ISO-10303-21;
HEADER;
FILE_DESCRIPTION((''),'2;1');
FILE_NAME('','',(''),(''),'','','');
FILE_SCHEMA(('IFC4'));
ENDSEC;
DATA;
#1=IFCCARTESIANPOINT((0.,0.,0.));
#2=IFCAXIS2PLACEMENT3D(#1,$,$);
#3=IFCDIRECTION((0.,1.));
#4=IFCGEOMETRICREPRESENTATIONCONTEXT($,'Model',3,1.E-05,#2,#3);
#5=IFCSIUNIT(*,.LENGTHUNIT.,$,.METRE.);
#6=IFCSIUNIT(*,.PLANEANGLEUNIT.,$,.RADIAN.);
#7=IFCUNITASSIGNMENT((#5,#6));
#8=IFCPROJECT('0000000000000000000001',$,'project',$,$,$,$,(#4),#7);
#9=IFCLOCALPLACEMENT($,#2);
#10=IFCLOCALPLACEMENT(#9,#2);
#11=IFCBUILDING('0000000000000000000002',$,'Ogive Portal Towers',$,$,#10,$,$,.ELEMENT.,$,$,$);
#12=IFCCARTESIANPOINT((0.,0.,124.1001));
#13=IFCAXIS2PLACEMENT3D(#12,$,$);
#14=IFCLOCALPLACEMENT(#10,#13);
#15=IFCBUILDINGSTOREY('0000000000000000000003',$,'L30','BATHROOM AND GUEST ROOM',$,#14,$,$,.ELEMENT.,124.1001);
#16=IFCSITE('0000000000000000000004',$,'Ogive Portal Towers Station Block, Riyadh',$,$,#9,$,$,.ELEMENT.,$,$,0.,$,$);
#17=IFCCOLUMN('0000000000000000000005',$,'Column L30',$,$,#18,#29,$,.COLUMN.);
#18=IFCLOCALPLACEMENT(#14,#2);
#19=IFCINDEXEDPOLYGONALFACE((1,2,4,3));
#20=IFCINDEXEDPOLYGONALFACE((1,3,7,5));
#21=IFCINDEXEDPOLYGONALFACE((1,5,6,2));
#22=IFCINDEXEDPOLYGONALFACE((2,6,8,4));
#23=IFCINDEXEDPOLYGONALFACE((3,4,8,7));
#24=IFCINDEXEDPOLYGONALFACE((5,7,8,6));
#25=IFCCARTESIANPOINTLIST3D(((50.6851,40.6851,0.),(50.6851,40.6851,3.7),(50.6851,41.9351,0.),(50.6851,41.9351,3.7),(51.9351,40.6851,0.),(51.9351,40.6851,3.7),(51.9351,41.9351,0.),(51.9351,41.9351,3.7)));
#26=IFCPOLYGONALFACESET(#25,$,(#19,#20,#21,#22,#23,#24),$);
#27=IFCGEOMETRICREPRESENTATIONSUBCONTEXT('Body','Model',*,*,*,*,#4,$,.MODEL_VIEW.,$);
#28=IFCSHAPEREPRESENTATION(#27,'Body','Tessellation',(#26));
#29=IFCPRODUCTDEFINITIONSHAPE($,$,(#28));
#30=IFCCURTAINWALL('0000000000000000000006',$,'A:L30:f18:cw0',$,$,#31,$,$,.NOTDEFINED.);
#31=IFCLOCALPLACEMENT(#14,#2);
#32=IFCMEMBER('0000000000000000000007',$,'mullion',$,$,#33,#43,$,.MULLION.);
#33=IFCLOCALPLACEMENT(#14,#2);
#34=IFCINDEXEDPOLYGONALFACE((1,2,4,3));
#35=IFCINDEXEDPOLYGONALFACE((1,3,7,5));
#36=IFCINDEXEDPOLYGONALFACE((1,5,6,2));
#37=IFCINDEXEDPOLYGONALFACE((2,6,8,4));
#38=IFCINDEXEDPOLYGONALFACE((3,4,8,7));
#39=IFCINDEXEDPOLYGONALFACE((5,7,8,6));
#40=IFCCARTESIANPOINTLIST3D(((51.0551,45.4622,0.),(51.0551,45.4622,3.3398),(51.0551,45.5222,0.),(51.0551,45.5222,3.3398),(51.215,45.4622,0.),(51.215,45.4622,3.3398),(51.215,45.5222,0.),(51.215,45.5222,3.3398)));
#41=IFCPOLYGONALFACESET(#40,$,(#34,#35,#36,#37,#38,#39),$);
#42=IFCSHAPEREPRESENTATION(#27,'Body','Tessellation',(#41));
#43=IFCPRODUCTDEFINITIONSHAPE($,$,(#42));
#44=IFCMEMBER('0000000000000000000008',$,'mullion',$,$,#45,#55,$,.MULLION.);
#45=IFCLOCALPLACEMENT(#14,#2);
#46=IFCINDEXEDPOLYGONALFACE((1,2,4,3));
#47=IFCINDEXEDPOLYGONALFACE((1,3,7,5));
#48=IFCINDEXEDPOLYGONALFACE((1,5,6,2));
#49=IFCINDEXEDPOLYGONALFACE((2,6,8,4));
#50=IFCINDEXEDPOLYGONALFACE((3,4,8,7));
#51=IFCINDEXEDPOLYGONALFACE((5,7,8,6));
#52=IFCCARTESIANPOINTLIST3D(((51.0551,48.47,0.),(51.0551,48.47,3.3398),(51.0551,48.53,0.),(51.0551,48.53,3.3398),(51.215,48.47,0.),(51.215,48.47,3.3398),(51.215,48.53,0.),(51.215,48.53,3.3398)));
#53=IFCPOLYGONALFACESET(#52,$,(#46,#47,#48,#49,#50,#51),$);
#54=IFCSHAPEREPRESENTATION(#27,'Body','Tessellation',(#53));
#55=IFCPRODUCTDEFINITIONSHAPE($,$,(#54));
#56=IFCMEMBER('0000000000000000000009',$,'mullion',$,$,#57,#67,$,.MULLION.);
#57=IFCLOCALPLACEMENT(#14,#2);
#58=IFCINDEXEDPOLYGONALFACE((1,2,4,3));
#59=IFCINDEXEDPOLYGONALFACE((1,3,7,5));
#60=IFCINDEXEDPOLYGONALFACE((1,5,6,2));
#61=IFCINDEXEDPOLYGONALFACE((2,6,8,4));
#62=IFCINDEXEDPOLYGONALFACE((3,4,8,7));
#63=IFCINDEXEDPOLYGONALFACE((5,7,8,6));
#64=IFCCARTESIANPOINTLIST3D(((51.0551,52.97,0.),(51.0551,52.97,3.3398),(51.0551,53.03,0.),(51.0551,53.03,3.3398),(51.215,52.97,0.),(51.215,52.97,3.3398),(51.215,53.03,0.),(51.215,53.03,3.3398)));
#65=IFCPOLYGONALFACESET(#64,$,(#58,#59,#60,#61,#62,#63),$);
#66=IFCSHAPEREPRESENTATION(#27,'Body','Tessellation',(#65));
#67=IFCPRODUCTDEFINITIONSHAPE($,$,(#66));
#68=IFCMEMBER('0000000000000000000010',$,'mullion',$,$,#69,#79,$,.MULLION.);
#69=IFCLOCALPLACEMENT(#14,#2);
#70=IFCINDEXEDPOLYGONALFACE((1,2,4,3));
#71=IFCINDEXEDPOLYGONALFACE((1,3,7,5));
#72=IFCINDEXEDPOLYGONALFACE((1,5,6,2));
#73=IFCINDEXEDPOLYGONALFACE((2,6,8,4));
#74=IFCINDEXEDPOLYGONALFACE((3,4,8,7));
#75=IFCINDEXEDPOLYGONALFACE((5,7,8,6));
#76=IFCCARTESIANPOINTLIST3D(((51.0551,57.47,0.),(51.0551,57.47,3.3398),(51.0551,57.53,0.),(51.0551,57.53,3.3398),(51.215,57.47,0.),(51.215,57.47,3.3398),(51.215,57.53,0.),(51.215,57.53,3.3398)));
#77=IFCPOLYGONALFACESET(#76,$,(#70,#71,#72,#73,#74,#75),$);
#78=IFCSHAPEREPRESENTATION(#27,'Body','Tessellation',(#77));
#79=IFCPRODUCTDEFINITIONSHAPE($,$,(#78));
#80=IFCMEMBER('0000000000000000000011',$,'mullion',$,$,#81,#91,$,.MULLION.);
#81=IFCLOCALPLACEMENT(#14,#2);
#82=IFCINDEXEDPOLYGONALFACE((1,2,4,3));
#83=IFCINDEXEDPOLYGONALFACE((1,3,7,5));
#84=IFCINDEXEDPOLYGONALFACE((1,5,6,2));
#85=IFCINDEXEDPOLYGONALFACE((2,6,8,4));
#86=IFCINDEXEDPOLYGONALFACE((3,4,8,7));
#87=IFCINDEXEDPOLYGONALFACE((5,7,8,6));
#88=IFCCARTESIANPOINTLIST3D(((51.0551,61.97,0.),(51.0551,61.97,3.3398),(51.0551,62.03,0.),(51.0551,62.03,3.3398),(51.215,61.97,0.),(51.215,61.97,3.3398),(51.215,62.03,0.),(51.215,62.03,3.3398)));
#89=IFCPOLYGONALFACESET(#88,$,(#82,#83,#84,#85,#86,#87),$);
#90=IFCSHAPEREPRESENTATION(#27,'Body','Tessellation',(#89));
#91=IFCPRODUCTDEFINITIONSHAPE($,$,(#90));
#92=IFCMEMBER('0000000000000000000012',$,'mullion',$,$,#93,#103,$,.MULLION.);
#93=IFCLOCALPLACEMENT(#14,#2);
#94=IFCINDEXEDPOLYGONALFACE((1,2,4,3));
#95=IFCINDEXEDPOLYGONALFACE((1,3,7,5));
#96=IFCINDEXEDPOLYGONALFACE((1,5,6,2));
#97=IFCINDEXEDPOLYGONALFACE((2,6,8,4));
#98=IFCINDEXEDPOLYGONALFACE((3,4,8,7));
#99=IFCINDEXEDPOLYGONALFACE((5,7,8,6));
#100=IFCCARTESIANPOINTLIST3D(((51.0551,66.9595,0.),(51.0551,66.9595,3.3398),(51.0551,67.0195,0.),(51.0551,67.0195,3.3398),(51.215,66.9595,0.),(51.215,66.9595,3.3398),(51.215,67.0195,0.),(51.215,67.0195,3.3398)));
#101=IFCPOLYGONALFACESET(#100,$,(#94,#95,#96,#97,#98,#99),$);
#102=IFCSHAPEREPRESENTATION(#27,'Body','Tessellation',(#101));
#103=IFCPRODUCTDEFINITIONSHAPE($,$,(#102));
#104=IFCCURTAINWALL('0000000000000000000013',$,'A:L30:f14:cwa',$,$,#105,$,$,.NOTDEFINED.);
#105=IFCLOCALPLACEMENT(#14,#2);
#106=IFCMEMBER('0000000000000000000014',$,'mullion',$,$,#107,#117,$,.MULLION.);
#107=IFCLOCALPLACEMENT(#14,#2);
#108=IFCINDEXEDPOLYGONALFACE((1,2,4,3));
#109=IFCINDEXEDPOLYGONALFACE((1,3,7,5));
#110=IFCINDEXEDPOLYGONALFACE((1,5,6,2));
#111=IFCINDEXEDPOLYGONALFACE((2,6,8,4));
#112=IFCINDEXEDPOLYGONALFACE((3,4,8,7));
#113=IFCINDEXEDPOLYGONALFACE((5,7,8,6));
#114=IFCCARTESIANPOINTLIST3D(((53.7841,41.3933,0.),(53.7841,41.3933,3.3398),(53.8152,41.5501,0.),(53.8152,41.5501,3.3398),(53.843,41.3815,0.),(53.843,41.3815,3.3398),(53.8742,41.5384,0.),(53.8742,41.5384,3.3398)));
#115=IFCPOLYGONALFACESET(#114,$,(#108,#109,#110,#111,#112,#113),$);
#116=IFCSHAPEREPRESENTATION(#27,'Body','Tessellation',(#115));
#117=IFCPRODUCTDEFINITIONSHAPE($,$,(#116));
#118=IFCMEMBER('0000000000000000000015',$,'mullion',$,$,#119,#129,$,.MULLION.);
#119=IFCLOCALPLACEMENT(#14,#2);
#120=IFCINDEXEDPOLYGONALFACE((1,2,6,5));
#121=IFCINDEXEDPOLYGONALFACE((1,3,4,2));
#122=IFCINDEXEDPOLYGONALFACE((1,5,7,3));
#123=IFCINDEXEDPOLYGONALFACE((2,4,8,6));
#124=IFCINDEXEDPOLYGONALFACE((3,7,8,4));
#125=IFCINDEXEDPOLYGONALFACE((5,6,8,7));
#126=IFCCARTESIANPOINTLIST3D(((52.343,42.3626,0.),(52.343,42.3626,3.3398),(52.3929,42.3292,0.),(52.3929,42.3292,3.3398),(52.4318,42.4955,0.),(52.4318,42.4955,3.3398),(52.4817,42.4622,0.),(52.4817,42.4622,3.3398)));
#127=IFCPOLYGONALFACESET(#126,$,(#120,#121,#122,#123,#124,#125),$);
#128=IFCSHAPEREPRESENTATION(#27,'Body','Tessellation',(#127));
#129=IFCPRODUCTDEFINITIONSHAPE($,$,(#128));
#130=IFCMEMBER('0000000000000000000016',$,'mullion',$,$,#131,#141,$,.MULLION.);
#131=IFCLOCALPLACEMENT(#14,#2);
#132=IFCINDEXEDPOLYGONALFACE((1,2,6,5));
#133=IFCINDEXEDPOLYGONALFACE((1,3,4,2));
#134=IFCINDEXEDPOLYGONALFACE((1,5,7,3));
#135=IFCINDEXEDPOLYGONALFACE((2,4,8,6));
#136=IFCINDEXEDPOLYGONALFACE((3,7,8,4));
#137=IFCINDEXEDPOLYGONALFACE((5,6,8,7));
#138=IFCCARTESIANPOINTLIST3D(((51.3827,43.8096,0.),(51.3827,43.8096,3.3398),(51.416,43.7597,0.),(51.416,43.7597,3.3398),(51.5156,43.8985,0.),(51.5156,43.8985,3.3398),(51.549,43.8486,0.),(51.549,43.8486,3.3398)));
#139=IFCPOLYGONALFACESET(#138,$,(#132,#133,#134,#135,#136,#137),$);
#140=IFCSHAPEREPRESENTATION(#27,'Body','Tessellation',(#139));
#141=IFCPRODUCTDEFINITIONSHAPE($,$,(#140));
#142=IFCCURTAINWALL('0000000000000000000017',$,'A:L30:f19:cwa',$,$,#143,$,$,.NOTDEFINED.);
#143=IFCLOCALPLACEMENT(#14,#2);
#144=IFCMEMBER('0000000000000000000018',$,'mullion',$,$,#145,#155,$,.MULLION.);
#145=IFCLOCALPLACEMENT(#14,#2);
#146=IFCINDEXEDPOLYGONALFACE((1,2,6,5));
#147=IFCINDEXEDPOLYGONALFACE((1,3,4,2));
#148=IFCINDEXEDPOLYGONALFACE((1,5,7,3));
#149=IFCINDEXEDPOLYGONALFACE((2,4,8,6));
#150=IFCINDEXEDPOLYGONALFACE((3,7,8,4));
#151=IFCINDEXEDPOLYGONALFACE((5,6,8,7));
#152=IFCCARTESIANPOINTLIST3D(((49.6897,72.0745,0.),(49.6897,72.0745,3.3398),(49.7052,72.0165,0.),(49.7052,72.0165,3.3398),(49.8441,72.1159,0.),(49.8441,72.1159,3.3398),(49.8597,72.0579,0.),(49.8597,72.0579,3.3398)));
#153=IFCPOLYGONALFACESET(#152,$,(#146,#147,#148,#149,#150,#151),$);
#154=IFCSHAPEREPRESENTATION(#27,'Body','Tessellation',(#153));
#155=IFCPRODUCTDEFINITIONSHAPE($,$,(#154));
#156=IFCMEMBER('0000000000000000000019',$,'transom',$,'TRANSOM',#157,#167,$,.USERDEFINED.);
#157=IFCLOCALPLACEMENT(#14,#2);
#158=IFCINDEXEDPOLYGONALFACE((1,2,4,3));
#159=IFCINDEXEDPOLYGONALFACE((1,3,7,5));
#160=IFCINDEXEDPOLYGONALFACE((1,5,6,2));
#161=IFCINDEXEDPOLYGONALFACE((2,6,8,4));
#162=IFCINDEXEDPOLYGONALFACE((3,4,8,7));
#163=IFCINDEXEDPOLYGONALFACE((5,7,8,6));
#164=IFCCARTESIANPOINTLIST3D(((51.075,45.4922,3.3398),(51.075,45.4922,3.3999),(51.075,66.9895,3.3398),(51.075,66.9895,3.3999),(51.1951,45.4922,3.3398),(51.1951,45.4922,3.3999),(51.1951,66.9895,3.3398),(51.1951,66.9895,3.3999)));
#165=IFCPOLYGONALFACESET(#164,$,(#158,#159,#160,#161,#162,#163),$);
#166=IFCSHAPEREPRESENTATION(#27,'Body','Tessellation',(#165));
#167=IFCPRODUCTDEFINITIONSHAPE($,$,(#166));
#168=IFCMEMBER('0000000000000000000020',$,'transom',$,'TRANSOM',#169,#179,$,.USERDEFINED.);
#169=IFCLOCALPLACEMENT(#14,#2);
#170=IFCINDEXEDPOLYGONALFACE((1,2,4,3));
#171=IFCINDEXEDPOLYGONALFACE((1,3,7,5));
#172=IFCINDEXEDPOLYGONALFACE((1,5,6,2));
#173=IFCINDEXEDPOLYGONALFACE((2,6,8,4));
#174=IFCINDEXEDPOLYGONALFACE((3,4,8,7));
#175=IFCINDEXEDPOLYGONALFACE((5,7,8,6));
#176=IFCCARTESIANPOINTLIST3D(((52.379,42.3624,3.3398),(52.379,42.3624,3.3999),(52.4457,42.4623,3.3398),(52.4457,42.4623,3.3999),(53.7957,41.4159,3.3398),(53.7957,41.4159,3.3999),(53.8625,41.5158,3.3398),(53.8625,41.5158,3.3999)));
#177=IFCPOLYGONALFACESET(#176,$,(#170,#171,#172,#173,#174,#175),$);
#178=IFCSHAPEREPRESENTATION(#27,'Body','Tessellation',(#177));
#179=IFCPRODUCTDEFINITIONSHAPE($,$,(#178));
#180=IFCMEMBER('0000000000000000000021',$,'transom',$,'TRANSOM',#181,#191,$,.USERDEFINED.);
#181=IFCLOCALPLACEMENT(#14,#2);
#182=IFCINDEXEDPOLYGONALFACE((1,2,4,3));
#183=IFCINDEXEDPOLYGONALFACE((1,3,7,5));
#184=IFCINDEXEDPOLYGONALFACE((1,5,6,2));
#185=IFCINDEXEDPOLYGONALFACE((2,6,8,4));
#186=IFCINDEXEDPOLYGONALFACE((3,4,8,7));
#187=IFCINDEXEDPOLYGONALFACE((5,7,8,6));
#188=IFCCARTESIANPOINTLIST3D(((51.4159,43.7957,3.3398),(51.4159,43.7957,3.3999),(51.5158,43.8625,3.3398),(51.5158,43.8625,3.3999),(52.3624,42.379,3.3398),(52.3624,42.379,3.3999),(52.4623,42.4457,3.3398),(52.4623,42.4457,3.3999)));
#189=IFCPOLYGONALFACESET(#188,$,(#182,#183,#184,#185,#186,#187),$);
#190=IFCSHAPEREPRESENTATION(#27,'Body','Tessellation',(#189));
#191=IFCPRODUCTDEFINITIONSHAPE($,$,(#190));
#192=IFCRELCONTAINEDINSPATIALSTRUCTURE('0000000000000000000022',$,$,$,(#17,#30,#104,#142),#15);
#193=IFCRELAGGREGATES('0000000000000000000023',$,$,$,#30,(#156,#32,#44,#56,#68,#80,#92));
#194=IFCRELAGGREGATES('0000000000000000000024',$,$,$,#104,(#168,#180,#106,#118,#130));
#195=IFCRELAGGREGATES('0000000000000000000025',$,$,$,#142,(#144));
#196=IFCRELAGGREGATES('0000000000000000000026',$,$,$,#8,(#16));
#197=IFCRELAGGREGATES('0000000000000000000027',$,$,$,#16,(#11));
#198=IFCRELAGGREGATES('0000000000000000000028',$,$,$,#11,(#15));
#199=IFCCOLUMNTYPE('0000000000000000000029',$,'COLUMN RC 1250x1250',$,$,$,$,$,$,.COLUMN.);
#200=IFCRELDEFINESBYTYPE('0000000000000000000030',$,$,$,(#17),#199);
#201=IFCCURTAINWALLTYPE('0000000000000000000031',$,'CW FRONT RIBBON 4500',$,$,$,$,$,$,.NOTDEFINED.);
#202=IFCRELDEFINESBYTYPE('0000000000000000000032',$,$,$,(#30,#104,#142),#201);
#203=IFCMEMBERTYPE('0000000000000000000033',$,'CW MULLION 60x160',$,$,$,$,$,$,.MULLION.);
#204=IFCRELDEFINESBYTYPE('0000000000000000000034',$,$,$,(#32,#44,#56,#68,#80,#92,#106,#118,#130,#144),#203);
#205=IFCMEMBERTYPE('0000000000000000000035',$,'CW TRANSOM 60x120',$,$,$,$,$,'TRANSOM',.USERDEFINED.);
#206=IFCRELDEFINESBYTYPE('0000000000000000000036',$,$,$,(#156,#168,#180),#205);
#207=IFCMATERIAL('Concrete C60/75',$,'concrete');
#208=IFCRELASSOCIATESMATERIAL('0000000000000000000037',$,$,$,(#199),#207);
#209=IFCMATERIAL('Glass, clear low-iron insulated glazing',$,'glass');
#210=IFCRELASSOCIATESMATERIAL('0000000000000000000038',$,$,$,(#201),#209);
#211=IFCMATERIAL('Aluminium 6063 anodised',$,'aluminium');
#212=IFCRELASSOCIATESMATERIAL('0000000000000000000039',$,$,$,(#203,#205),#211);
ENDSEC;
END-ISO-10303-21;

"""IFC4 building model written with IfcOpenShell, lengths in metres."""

from ifc_helpers import new_model, si_unit, direction, frame, origin, origin_2d, place, context, subcontext, project, spatial, rectangle, extrude, material, material_profile, profile_set, type_object, element, aggregate, save


model = new_model("IFC4")

# Units and contexts
model_context = context("Model", 3, precision=1e-05, world=origin(), true_north=direction((0.0, 1.0)))
body_context = subcontext(model_context, "Body", "Model", "MODEL_VIEW")
ifc_project = project(units=[si_unit("LENGTHUNIT", "METRE"), si_unit("PLANEANGLEUNIT", "RADIAN")], contexts=[model_context])

# Site, building, storey
site_placement = place(None, origin())
site = spatial("IfcSite", under=ifc_project, at=site_placement, Name="Ogive Portal Towers Station Block, Riyadh", CompositionType="ELEMENT", RefElevation=0.0)
building_placement = place(site_placement, origin())
building = spatial("IfcBuilding", under=site, at=building_placement, Name="Ogive Portal Towers", CompositionType="ELEMENT")
storey_placement = place(building_placement, frame((0.0, 0.0, 124.1001)))
storey = spatial("IfcBuildingStorey", under=building, at=storey_placement, Name="L30", Description="BATHROOM AND GUEST ROOM", CompositionType="ELEMENT", Elevation=124.1001)

# Column
ifc_material_1 = material(Name="Concrete C60/75", Category="concrete")
ifc_material_profile_1 = material_profile(ifc_material_1, rectangle(XDim=1.25, YDim=1.25, at=origin_2d()), Name="RC 1250x1250")
ifc_profile_set_1 = profile_set([ifc_material_profile_1], Name="Concrete C60/75")
column_type = type_object("IfcColumnType", Name="COLUMN RC 1250x1250", PredefinedType="COLUMN", material=ifc_profile_set_1)
column_placement = place(storey_placement, frame((51.3101, 41.3101, 0.0), z_axis=(0.0, 0.0, 1.0), x_axis=(1.0, 0.0, 0.0)))
element("IfcColumn", 1, at=column_placement, inside=storey, type_object=column_type, Name="Column L30", PredefinedType="COLUMN", context=body_context, shape_type="SweptSolid", body=[
    extrude(rectangle(XDim=1.25, YDim=1.25, at=origin_2d()), origin(), (0.0, 0.0, 1.0), 3.7),
])

# Curtain walls, members
ifc_material_2 = material(Name="Glass, clear low-iron insulated glazing", Category="glass")
curtain_wall_type = type_object("IfcCurtainWallType", Name="CW FRONT RIBBON 4500", PredefinedType="NOTDEFINED", material=ifc_material_2)
curtain_wall_1_placement = place(storey_placement, origin())
curtain_wall_1 = element("IfcCurtainWall", 2, at=curtain_wall_1_placement, inside=storey, type_object=curtain_wall_type, Name="A:L30:f18:cw0", PredefinedType="NOTDEFINED")
ifc_material_3 = material(Name="Aluminium 6063 anodised", Category="aluminium")
ifc_material_profile_2 = material_profile(ifc_material_3, rectangle(XDim=0.1599, YDim=0.0601, at=origin_2d()), Name="AL 60x160")
ifc_profile_set_2 = profile_set([ifc_material_profile_2], Name="Aluminium 6063 anodised")
member_type_1 = type_object("IfcMemberType", Name="CW MULLION 60x160", PredefinedType="MULLION", material=ifc_profile_set_2)
member_1_placement = place(storey_placement, frame((51.135, 45.4922, 0.0), z_axis=(0.0, 0.0, 1.0), x_axis=(-1.0, 0.0, 0.0)))
member_1 = element("IfcMember", 3, at=member_1_placement, type_object=member_type_1, Name="mullion", PredefinedType="MULLION", context=body_context, shape_type="SweptSolid", body=[
    extrude(rectangle(XDim=0.1599, YDim=0.0601, at=origin_2d()), origin(), (0.0, 0.0, 1.0), 3.3398),
])
member_2_placement = place(storey_placement, frame((51.135, 48.5, 0.0), z_axis=(0.0, 0.0, 1.0), x_axis=(-1.0, 0.0, 0.0)))
member_2 = element("IfcMember", 4, at=member_2_placement, type_object=member_type_1, Name="mullion", PredefinedType="MULLION", context=body_context, shape_type="SweptSolid", body=[
    extrude(rectangle(XDim=0.1599, YDim=0.0601, at=origin_2d()), origin(), (0.0, 0.0, 1.0), 3.3398),
])
member_3_placement = place(storey_placement, frame((51.135, 53.0, 0.0), z_axis=(0.0, 0.0, 1.0), x_axis=(-1.0, 0.0, 0.0)))
member_3 = element("IfcMember", 5, at=member_3_placement, type_object=member_type_1, Name="mullion", PredefinedType="MULLION", context=body_context, shape_type="SweptSolid", body=[
    extrude(rectangle(XDim=0.1599, YDim=0.0601, at=origin_2d()), origin(), (0.0, 0.0, 1.0), 3.3398),
])
member_4_placement = place(storey_placement, frame((51.135, 57.5, 0.0), z_axis=(0.0, 0.0, 1.0), x_axis=(-1.0, 0.0, 0.0)))
member_4 = element("IfcMember", 6, at=member_4_placement, type_object=member_type_1, Name="mullion", PredefinedType="MULLION", context=body_context, shape_type="SweptSolid", body=[
    extrude(rectangle(XDim=0.1599, YDim=0.0601, at=origin_2d()), origin(), (0.0, 0.0, 1.0), 3.3398),
])
member_5_placement = place(storey_placement, frame((51.135, 62.0, 0.0), z_axis=(0.0, 0.0, 1.0), x_axis=(-1.0, 0.0, 0.0)))
member_5 = element("IfcMember", 7, at=member_5_placement, type_object=member_type_1, Name="mullion", PredefinedType="MULLION", context=body_context, shape_type="SweptSolid", body=[
    extrude(rectangle(XDim=0.1599, YDim=0.0601, at=origin_2d()), origin(), (0.0, 0.0, 1.0), 3.3398),
])
member_6_placement = place(storey_placement, frame((51.135, 66.9895, 0.0), z_axis=(0.0, 0.0, 1.0), x_axis=(-1.0, 0.0, 0.0)))
member_6 = element("IfcMember", 8, at=member_6_placement, type_object=member_type_1, Name="mullion", PredefinedType="MULLION", context=body_context, shape_type="SweptSolid", body=[
    extrude(rectangle(XDim=0.1599, YDim=0.0601, at=origin_2d()), origin(), (0.0, 0.0, 1.0), 3.3398),
])
curtain_wall_2_placement = place(storey_placement, origin())
curtain_wall_2 = element("IfcCurtainWall", 9, at=curtain_wall_2_placement, inside=storey, type_object=curtain_wall_type, Name="A:L30:f14:cwa", PredefinedType="NOTDEFINED")
member_7_placement = place(storey_placement, frame((53.8291, 41.4658, 0.0), z_axis=(0.0, 0.0, 1.0), x_axis=(-0.19509, -0.980785, 0.0)))
member_7 = element("IfcMember", 10, at=member_7_placement, type_object=member_type_1, Name="mullion", PredefinedType="MULLION", context=body_context, shape_type="SweptSolid", body=[
    extrude(rectangle(XDim=0.1599, YDim=0.0601, at=origin_2d()), origin(), (0.0, 0.0, 1.0), 3.3398),
])
member_8_placement = place(storey_placement, frame((52.4124, 42.4124, 0.0), z_axis=(0.0, 0.0, 1.0), x_axis=(-0.55557, -0.83147, 0.0)))
member_8 = element("IfcMember", 11, at=member_8_placement, type_object=member_type_1, Name="mullion", PredefinedType="MULLION", context=body_context, shape_type="SweptSolid", body=[
    extrude(rectangle(XDim=0.1599, YDim=0.0601, at=origin_2d()), origin(), (0.0, 0.0, 1.0), 3.3398),
])
member_9_placement = place(storey_placement, frame((51.4658, 43.8291, 0.0), z_axis=(0.0, 0.0, 1.0), x_axis=(-0.83147, -0.55557, 0.0)))
member_9 = element("IfcMember", 12, at=member_9_placement, type_object=member_type_1, Name="mullion", PredefinedType="MULLION", context=body_context, shape_type="SweptSolid", body=[
    extrude(rectangle(XDim=0.1599, YDim=0.0601, at=origin_2d()), origin(), (0.0, 0.0, 1.0), 3.3398),
])

# Curtain wall, member
curtain_wall_3_placement = place(storey_placement, origin())
curtain_wall_3 = element("IfcCurtainWall", 13, at=curtain_wall_3_placement, inside=storey, type_object=curtain_wall_type, Name="A:L30:f19:cwa", PredefinedType="NOTDEFINED")
member_10_placement = place(storey_placement, frame((49.7747, 72.0662, 0.0), z_axis=(0.0, 0.0, 1.0), x_axis=(-0.965926, -0.258819, 0.0)))
member_10 = element("IfcMember", 14, at=member_10_placement, type_object=member_type_1, Name="mullion", PredefinedType="MULLION", context=body_context, shape_type="SweptSolid", body=[
    extrude(rectangle(XDim=0.1599, YDim=0.0601, at=origin_2d()), origin(), (0.0, 0.0, 1.0), 3.3398),
])

# Members
ifc_material_profile_3 = material_profile(ifc_material_3, rectangle(XDim=0.1201, YDim=0.0601, at=origin_2d()), Name="AL 120x60")
ifc_profile_set_3 = profile_set([ifc_material_profile_3], Name="Aluminium 6063 anodised")
member_type_2 = type_object("IfcMemberType", Name="CW TRANSOM 60x120", ElementType="TRANSOM", PredefinedType="USERDEFINED", material=ifc_profile_set_3)
member_11_placement = place(storey_placement, frame((51.135, 45.4922, 3.3699), z_axis=(0.0, 1.0, 0.0), x_axis=(-1.0, 0.0, 0.0)))
member_11 = element("IfcMember", 15, at=member_11_placement, type_object=member_type_2, Name="transom", ObjectType="TRANSOM", PredefinedType="USERDEFINED", context=body_context, shape_type="SweptSolid", body=[
    extrude(rectangle(XDim=0.1201, YDim=0.0601, at=origin_2d()), origin(), (0.0, 0.0, 1.0), 21.4973),
])
member_12_placement = place(storey_placement, frame((53.8291, 41.4658, 3.3699), z_axis=(-0.831499, 0.555527, 0.0), x_axis=(-0.555527, -0.831499, 0.0)))
member_12 = element("IfcMember", 16, at=member_12_placement, type_object=member_type_2, Name="transom", ObjectType="TRANSOM", PredefinedType="USERDEFINED", context=body_context, shape_type="SweptSolid", body=[
    extrude(rectangle(XDim=0.1201, YDim=0.0601, at=origin_2d()), origin(), (0.0, 0.0, 1.0), 1.7039),
])
member_13_placement = place(storey_placement, frame((52.4124, 42.4124, 3.3699), z_axis=(-0.555527, 0.831499, 0.0), x_axis=(-0.831499, -0.555527, 0.0)))
member_13 = element("IfcMember", 17, at=member_13_placement, type_object=member_type_2, Name="transom", ObjectType="TRANSOM", PredefinedType="USERDEFINED", context=body_context, shape_type="SweptSolid", body=[
    extrude(rectangle(XDim=0.1201, YDim=0.0601, at=origin_2d()), origin(), (0.0, 0.0, 1.0), 1.7039),
])

aggregate(curtain_wall_1, [member_11, member_1, member_2, member_3, member_4, member_5, member_6])
aggregate(curtain_wall_2, [member_12, member_13, member_7, member_8, member_9])
aggregate(curtain_wall_3, [member_10])

save(model, "model.ifc")
